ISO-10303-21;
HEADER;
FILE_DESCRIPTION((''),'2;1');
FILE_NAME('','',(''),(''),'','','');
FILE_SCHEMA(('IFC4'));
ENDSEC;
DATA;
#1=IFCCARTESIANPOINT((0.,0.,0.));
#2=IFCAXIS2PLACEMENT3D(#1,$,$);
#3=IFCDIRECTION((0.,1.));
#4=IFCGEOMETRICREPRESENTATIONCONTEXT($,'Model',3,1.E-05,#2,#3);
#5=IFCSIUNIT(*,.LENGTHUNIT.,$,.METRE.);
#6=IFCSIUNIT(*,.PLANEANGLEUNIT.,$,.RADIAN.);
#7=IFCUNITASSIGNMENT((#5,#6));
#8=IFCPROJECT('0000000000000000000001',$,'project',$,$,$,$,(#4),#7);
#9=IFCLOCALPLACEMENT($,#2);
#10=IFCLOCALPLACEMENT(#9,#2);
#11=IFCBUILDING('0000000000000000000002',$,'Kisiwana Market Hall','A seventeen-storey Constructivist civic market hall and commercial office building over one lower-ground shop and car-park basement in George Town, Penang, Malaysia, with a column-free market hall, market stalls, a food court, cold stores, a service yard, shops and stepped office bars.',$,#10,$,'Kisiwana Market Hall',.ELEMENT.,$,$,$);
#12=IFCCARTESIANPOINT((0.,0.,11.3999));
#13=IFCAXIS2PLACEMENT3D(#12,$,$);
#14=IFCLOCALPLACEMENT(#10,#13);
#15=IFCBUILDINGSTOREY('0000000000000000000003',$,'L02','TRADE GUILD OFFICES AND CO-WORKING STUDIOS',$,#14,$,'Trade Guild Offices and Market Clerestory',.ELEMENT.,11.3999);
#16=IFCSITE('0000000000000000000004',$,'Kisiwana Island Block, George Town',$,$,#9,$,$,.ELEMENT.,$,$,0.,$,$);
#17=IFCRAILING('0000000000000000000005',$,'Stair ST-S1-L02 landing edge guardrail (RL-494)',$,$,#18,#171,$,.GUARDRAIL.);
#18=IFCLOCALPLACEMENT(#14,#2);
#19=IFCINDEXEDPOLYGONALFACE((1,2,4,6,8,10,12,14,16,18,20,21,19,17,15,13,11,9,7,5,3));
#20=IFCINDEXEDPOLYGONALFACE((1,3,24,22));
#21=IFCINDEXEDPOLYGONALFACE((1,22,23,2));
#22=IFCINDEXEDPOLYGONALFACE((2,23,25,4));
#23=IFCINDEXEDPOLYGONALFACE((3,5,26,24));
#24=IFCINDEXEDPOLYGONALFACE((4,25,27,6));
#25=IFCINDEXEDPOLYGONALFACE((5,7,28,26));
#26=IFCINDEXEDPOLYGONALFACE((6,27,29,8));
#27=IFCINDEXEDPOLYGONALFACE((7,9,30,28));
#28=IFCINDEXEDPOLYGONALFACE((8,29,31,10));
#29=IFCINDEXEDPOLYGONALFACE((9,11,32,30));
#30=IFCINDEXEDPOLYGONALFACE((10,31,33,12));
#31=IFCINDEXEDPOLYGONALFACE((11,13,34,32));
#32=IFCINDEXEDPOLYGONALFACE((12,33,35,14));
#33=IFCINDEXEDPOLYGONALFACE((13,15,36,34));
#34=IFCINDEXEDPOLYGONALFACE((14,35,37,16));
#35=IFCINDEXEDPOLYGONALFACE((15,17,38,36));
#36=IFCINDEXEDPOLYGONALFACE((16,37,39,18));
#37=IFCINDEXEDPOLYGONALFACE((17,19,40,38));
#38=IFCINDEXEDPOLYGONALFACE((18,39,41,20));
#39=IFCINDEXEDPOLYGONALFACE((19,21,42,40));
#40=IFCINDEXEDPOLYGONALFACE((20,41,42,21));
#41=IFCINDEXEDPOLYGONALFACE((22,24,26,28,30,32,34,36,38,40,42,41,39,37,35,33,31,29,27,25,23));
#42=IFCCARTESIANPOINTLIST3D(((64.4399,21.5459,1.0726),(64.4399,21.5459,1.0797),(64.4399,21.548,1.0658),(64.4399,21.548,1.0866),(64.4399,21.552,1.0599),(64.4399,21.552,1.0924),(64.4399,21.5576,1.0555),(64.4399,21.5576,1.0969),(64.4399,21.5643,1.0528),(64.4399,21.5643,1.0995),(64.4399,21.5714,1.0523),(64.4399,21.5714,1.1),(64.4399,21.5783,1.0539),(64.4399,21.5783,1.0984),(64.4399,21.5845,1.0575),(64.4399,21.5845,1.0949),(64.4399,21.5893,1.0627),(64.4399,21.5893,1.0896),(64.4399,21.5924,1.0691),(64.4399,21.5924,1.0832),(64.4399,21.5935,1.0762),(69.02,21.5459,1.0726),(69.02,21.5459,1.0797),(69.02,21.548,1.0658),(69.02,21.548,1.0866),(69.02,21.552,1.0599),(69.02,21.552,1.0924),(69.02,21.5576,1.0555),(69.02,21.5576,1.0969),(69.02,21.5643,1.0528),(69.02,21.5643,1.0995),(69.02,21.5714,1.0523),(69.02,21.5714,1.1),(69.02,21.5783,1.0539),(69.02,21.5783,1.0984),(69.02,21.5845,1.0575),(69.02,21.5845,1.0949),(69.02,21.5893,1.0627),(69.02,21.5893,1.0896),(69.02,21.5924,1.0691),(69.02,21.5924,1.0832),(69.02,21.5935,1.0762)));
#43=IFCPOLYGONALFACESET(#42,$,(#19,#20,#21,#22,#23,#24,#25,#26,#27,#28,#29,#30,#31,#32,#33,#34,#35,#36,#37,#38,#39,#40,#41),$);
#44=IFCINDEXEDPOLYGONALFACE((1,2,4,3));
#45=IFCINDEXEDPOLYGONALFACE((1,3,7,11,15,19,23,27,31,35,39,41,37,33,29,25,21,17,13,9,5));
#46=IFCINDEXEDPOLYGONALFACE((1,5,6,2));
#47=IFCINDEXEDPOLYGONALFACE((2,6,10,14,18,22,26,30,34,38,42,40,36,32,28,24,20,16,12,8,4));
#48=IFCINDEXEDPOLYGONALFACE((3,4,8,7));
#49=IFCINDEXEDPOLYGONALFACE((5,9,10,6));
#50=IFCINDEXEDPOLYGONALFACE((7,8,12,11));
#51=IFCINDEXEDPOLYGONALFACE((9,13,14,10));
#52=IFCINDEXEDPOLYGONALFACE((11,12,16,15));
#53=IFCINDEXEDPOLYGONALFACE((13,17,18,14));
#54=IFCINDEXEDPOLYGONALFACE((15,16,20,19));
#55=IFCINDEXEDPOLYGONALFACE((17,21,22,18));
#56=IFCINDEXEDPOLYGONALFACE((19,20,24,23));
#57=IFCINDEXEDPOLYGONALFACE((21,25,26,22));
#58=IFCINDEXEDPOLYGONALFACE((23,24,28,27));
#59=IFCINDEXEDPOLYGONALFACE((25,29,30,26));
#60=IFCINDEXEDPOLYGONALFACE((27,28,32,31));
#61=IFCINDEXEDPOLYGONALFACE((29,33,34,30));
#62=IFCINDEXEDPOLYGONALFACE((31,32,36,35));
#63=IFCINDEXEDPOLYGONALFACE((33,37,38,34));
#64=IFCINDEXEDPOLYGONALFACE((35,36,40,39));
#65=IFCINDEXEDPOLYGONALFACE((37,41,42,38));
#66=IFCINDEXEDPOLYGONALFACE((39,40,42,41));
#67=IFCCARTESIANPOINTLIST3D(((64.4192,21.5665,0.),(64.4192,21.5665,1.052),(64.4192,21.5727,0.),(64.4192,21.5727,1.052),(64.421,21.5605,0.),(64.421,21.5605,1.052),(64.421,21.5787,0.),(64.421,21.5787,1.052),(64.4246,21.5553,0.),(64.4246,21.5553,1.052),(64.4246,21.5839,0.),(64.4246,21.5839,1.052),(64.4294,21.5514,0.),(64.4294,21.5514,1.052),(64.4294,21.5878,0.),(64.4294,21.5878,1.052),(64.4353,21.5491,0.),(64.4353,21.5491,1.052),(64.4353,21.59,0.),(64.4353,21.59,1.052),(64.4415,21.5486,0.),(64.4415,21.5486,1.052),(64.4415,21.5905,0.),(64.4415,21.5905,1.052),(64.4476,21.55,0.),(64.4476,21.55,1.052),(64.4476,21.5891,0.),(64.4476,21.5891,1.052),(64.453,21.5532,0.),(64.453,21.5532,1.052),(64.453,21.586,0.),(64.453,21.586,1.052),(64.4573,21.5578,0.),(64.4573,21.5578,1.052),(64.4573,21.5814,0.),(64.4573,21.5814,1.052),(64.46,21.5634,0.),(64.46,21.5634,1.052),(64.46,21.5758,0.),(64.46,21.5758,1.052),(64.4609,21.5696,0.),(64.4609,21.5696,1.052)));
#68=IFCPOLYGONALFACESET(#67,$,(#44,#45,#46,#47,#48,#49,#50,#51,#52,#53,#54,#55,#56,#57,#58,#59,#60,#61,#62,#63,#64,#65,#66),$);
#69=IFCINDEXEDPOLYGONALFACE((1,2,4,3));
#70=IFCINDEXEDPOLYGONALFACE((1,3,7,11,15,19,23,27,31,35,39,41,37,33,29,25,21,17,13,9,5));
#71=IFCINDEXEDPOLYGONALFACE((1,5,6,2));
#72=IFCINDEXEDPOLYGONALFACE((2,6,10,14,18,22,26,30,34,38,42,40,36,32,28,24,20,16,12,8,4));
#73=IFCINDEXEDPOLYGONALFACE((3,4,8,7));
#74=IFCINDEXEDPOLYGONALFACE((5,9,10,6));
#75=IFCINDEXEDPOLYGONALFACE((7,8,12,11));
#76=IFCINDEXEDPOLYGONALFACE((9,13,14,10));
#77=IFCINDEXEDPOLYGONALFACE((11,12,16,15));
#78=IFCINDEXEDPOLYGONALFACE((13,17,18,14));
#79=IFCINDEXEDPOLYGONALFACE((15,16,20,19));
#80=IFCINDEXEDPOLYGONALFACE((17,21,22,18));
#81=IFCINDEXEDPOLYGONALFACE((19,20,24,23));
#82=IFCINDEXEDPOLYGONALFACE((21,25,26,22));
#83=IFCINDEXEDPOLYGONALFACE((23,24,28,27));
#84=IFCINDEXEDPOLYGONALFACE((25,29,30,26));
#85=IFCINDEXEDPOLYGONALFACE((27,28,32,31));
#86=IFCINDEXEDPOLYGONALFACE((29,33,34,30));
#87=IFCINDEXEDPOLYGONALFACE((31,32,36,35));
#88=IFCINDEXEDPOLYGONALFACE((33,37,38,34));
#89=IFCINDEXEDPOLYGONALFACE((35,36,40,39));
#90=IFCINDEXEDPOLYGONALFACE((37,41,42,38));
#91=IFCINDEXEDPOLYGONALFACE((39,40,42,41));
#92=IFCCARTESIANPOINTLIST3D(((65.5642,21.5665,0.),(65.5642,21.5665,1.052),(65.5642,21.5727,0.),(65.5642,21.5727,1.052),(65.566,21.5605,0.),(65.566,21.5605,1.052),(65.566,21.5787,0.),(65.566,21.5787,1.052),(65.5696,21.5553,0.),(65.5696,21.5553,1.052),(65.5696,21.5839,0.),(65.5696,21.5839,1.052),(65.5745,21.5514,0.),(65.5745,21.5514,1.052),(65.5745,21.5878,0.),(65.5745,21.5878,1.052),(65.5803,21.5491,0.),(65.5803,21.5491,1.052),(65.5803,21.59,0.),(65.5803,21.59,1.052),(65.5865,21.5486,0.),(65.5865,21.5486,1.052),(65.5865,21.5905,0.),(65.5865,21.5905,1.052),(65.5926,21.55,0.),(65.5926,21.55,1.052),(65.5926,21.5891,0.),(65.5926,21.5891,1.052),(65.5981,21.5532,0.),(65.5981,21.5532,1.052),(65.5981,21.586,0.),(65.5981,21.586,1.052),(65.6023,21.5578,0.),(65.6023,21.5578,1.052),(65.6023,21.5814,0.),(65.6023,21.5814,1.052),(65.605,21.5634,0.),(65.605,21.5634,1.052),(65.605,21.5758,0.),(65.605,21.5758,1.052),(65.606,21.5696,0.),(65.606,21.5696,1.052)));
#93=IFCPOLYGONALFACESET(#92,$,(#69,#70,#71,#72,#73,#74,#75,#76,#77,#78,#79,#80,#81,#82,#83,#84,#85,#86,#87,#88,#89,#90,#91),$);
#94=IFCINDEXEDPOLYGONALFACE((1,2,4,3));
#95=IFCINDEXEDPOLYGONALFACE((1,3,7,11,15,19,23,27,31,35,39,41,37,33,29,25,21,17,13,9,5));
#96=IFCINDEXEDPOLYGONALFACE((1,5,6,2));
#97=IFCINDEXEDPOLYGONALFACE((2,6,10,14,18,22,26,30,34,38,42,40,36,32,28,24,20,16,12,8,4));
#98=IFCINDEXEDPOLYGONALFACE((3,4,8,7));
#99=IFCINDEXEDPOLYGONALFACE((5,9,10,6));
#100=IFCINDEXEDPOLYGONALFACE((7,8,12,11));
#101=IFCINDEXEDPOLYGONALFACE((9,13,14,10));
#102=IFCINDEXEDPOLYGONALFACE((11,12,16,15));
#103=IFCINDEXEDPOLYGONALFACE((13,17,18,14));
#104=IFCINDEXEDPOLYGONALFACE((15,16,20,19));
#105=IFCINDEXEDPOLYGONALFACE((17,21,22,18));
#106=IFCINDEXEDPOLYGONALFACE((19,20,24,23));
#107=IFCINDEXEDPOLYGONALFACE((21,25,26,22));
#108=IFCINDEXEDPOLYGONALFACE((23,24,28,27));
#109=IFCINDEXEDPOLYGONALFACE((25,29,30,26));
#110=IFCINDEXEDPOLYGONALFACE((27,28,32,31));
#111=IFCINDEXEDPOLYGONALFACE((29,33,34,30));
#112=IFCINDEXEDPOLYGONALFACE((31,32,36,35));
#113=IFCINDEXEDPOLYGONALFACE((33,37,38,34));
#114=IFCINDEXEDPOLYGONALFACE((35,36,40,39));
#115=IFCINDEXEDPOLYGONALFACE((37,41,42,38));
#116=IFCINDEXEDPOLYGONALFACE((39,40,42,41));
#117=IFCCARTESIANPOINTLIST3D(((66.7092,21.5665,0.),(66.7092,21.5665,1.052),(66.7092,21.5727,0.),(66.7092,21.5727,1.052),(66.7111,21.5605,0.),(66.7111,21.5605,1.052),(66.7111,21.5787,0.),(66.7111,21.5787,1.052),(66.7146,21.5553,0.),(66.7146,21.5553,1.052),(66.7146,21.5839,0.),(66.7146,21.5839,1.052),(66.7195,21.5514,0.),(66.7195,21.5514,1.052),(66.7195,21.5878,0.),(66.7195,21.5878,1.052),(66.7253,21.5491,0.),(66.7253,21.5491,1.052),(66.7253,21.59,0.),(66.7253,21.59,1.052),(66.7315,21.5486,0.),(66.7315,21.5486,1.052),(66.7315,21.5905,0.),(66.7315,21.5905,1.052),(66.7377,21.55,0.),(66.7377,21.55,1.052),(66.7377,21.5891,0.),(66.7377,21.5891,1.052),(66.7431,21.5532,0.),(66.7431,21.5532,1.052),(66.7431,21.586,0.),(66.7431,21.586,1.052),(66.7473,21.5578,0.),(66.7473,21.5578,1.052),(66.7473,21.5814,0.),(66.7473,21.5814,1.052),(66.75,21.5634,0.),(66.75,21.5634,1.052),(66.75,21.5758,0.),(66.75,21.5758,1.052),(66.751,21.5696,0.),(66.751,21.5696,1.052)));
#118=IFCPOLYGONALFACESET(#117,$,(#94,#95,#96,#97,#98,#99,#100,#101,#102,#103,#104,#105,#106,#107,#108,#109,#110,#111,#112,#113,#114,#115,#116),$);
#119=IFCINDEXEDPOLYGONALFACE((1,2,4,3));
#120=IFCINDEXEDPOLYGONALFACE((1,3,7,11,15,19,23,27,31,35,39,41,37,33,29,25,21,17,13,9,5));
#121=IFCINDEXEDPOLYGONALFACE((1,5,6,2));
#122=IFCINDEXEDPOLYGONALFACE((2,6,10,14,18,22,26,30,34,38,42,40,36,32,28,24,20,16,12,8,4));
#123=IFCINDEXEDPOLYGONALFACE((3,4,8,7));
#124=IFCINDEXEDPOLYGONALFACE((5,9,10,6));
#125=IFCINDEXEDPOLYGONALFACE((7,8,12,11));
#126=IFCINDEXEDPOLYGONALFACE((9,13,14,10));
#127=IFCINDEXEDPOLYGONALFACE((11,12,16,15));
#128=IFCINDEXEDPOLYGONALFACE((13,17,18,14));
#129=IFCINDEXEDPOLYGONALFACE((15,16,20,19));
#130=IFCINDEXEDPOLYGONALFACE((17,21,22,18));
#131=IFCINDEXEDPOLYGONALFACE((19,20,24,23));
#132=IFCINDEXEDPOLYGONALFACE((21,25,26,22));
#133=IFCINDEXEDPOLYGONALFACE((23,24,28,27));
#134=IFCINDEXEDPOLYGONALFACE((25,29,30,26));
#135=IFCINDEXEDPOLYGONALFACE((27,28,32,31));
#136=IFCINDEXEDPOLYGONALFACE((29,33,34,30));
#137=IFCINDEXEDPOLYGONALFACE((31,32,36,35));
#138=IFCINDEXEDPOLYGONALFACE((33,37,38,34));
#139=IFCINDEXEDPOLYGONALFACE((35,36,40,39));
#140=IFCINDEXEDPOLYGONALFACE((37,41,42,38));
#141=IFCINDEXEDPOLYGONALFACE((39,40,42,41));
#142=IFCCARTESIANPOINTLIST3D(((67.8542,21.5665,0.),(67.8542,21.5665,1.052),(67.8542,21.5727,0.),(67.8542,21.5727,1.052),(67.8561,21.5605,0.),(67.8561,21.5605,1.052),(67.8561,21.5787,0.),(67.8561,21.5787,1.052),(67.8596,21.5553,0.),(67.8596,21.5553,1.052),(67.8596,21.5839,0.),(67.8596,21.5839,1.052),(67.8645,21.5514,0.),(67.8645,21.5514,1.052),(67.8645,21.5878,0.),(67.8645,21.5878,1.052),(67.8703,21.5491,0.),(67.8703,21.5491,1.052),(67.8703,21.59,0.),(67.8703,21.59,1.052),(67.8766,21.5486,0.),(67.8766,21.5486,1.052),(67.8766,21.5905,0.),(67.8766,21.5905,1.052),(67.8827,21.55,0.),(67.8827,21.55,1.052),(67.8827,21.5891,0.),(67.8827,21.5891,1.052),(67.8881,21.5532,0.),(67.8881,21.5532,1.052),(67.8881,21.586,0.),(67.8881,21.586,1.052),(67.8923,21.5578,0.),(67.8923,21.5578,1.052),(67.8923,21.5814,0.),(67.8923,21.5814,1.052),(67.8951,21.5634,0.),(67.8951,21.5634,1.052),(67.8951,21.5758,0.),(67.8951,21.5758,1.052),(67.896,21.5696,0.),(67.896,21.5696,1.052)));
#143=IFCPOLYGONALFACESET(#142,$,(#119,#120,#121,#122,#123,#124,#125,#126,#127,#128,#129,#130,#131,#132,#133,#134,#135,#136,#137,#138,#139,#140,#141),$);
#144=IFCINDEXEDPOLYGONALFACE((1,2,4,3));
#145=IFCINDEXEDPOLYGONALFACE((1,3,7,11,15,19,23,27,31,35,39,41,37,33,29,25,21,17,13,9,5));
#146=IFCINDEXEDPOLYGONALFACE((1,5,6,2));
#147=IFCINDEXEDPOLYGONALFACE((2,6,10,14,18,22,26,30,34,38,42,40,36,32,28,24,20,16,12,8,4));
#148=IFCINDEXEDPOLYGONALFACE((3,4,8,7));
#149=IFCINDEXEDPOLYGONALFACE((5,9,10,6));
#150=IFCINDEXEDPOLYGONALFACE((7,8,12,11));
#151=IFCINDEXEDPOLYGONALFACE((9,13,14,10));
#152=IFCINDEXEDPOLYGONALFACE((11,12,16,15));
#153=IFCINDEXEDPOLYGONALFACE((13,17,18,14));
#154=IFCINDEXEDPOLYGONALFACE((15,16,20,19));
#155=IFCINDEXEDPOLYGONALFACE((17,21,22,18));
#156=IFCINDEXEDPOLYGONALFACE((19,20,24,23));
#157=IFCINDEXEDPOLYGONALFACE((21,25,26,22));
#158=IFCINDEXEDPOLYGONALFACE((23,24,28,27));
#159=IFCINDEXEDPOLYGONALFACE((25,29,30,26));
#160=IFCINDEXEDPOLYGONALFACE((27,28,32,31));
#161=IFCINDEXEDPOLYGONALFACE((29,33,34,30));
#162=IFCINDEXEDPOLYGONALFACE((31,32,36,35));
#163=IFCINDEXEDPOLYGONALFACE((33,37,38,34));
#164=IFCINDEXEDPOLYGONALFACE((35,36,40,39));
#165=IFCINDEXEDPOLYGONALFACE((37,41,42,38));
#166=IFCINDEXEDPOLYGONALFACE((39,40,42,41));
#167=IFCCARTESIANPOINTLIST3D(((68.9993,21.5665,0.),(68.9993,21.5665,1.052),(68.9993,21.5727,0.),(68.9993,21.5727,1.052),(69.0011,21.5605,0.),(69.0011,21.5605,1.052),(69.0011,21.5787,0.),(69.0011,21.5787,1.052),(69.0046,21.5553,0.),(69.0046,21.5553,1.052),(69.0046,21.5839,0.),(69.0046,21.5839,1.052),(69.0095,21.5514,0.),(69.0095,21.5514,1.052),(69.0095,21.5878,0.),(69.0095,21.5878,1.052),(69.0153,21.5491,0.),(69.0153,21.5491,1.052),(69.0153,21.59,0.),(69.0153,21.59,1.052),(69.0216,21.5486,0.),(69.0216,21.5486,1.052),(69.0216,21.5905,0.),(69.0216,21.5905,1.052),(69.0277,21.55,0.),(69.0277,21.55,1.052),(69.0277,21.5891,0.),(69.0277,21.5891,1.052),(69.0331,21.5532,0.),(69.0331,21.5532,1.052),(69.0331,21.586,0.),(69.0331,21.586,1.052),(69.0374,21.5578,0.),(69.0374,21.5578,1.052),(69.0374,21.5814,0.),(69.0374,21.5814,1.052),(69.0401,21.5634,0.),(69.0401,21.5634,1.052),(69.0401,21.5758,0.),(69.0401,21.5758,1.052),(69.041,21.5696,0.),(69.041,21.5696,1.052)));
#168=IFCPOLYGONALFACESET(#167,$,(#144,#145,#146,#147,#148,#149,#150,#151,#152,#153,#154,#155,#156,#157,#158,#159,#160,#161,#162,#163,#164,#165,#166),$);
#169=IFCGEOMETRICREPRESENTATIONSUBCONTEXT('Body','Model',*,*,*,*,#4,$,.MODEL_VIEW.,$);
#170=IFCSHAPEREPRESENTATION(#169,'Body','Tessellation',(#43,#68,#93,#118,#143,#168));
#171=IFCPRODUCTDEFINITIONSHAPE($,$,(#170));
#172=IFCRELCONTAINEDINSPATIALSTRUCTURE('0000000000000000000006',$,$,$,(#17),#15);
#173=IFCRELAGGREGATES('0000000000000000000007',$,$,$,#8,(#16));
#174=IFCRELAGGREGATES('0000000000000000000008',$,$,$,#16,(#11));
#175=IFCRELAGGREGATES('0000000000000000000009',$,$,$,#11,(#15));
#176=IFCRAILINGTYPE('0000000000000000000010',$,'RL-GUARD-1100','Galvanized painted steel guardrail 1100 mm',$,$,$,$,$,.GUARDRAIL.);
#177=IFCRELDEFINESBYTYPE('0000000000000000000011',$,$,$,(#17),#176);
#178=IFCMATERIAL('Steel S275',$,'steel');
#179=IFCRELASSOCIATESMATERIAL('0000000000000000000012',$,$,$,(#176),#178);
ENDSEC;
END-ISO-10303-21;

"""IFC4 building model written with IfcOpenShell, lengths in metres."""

from ifc_helpers import new_model, si_unit, direction, frame, origin, origin_2d, place, context, subcontext, project, spatial, circle, extrude, material, type_object, element, save


model = new_model("IFC4")

# Units and contexts
model_context = context("Model", 3, precision=1e-05, world=origin(), true_north=direction((0.0, 1.0)))
body_context = subcontext(model_context, "Body", "Model", "MODEL_VIEW")
ifc_project = project(units=[si_unit("LENGTHUNIT", "METRE"), si_unit("PLANEANGLEUNIT", "RADIAN")], contexts=[model_context])

# Site, building, storey
site_placement = place(None, origin())
site = spatial("IfcSite", under=ifc_project, at=site_placement, Name="Kisiwana Island Block, George Town", CompositionType="ELEMENT", RefElevation=0.0)
building_placement = place(site_placement, origin())
building = spatial("IfcBuilding", under=site, at=building_placement, Name="Kisiwana Market Hall", Description="A seventeen-storey Constructivist civic market hall and commercial office building over one lower-ground shop and car-park basement in George Town, Penang, Malaysia, with a column-free market hall, market stalls, a food court, cold stores, a service yard, shops and stepped office bars.", LongName="Kisiwana Market Hall", CompositionType="ELEMENT")
storey_placement = place(building_placement, frame((0.0, 0.0, 11.3999)))
storey = spatial("IfcBuildingStorey", under=building, at=storey_placement, Name="L02", Description="TRADE GUILD OFFICES AND CO-WORKING STUDIOS", LongName="Trade Guild Offices and Market Clerestory", CompositionType="ELEMENT", Elevation=11.3999)

# Railing
ifc_material_1 = material(Name="Steel S275", Category="steel")
railing_type_1 = type_object("IfcRailingType", Name="RL-GUARD-1100", Description="Galvanized painted steel guardrail 1100 mm", PredefinedType="GUARDRAIL", material=ifc_material_1)
railing_1_placement = place(storey_placement, frame((64.4399, 21.5696, 0.0)))
element("IfcRailing", 1, at=railing_1_placement, inside=storey, type_object=railing_type_1, Name="Stair ST-S1-L02 landing edge guardrail (RL-494)", PredefinedType="GUARDRAIL", context=body_context, shape_type="SweptSolid", body=[
    extrude(circle(Radius=0.0239, at=origin_2d()), frame((0.0, 0.0, 1.0762), z_axis=(1.0, 0.0, 0.0), x_axis=(0.0, 1.0, 0.0)), (0.0, 0.0, 1.0), 4.5801),
    extrude(circle(Radius=0.021, at=origin_2d()), origin(), (0.0, 0.0, 1.0), 1.052),
    extrude(circle(Radius=0.021, at=origin_2d()), frame((1.145, 0.0, 0.0)), (0.0, 0.0, 1.0), 1.052),
    extrude(circle(Radius=0.021, at=origin_2d()), frame((2.29, 0.0, 0.0)), (0.0, 0.0, 1.0), 1.052),
    extrude(circle(Radius=0.021, at=origin_2d()), frame((3.4351, 0.0, 0.0)), (0.0, 0.0, 1.0), 1.052),
    extrude(circle(Radius=0.021, at=origin_2d()), frame((4.5801, 0.0, 0.0)), (0.0, 0.0, 1.0), 1.052),
])

save(model, "model.ifc")
